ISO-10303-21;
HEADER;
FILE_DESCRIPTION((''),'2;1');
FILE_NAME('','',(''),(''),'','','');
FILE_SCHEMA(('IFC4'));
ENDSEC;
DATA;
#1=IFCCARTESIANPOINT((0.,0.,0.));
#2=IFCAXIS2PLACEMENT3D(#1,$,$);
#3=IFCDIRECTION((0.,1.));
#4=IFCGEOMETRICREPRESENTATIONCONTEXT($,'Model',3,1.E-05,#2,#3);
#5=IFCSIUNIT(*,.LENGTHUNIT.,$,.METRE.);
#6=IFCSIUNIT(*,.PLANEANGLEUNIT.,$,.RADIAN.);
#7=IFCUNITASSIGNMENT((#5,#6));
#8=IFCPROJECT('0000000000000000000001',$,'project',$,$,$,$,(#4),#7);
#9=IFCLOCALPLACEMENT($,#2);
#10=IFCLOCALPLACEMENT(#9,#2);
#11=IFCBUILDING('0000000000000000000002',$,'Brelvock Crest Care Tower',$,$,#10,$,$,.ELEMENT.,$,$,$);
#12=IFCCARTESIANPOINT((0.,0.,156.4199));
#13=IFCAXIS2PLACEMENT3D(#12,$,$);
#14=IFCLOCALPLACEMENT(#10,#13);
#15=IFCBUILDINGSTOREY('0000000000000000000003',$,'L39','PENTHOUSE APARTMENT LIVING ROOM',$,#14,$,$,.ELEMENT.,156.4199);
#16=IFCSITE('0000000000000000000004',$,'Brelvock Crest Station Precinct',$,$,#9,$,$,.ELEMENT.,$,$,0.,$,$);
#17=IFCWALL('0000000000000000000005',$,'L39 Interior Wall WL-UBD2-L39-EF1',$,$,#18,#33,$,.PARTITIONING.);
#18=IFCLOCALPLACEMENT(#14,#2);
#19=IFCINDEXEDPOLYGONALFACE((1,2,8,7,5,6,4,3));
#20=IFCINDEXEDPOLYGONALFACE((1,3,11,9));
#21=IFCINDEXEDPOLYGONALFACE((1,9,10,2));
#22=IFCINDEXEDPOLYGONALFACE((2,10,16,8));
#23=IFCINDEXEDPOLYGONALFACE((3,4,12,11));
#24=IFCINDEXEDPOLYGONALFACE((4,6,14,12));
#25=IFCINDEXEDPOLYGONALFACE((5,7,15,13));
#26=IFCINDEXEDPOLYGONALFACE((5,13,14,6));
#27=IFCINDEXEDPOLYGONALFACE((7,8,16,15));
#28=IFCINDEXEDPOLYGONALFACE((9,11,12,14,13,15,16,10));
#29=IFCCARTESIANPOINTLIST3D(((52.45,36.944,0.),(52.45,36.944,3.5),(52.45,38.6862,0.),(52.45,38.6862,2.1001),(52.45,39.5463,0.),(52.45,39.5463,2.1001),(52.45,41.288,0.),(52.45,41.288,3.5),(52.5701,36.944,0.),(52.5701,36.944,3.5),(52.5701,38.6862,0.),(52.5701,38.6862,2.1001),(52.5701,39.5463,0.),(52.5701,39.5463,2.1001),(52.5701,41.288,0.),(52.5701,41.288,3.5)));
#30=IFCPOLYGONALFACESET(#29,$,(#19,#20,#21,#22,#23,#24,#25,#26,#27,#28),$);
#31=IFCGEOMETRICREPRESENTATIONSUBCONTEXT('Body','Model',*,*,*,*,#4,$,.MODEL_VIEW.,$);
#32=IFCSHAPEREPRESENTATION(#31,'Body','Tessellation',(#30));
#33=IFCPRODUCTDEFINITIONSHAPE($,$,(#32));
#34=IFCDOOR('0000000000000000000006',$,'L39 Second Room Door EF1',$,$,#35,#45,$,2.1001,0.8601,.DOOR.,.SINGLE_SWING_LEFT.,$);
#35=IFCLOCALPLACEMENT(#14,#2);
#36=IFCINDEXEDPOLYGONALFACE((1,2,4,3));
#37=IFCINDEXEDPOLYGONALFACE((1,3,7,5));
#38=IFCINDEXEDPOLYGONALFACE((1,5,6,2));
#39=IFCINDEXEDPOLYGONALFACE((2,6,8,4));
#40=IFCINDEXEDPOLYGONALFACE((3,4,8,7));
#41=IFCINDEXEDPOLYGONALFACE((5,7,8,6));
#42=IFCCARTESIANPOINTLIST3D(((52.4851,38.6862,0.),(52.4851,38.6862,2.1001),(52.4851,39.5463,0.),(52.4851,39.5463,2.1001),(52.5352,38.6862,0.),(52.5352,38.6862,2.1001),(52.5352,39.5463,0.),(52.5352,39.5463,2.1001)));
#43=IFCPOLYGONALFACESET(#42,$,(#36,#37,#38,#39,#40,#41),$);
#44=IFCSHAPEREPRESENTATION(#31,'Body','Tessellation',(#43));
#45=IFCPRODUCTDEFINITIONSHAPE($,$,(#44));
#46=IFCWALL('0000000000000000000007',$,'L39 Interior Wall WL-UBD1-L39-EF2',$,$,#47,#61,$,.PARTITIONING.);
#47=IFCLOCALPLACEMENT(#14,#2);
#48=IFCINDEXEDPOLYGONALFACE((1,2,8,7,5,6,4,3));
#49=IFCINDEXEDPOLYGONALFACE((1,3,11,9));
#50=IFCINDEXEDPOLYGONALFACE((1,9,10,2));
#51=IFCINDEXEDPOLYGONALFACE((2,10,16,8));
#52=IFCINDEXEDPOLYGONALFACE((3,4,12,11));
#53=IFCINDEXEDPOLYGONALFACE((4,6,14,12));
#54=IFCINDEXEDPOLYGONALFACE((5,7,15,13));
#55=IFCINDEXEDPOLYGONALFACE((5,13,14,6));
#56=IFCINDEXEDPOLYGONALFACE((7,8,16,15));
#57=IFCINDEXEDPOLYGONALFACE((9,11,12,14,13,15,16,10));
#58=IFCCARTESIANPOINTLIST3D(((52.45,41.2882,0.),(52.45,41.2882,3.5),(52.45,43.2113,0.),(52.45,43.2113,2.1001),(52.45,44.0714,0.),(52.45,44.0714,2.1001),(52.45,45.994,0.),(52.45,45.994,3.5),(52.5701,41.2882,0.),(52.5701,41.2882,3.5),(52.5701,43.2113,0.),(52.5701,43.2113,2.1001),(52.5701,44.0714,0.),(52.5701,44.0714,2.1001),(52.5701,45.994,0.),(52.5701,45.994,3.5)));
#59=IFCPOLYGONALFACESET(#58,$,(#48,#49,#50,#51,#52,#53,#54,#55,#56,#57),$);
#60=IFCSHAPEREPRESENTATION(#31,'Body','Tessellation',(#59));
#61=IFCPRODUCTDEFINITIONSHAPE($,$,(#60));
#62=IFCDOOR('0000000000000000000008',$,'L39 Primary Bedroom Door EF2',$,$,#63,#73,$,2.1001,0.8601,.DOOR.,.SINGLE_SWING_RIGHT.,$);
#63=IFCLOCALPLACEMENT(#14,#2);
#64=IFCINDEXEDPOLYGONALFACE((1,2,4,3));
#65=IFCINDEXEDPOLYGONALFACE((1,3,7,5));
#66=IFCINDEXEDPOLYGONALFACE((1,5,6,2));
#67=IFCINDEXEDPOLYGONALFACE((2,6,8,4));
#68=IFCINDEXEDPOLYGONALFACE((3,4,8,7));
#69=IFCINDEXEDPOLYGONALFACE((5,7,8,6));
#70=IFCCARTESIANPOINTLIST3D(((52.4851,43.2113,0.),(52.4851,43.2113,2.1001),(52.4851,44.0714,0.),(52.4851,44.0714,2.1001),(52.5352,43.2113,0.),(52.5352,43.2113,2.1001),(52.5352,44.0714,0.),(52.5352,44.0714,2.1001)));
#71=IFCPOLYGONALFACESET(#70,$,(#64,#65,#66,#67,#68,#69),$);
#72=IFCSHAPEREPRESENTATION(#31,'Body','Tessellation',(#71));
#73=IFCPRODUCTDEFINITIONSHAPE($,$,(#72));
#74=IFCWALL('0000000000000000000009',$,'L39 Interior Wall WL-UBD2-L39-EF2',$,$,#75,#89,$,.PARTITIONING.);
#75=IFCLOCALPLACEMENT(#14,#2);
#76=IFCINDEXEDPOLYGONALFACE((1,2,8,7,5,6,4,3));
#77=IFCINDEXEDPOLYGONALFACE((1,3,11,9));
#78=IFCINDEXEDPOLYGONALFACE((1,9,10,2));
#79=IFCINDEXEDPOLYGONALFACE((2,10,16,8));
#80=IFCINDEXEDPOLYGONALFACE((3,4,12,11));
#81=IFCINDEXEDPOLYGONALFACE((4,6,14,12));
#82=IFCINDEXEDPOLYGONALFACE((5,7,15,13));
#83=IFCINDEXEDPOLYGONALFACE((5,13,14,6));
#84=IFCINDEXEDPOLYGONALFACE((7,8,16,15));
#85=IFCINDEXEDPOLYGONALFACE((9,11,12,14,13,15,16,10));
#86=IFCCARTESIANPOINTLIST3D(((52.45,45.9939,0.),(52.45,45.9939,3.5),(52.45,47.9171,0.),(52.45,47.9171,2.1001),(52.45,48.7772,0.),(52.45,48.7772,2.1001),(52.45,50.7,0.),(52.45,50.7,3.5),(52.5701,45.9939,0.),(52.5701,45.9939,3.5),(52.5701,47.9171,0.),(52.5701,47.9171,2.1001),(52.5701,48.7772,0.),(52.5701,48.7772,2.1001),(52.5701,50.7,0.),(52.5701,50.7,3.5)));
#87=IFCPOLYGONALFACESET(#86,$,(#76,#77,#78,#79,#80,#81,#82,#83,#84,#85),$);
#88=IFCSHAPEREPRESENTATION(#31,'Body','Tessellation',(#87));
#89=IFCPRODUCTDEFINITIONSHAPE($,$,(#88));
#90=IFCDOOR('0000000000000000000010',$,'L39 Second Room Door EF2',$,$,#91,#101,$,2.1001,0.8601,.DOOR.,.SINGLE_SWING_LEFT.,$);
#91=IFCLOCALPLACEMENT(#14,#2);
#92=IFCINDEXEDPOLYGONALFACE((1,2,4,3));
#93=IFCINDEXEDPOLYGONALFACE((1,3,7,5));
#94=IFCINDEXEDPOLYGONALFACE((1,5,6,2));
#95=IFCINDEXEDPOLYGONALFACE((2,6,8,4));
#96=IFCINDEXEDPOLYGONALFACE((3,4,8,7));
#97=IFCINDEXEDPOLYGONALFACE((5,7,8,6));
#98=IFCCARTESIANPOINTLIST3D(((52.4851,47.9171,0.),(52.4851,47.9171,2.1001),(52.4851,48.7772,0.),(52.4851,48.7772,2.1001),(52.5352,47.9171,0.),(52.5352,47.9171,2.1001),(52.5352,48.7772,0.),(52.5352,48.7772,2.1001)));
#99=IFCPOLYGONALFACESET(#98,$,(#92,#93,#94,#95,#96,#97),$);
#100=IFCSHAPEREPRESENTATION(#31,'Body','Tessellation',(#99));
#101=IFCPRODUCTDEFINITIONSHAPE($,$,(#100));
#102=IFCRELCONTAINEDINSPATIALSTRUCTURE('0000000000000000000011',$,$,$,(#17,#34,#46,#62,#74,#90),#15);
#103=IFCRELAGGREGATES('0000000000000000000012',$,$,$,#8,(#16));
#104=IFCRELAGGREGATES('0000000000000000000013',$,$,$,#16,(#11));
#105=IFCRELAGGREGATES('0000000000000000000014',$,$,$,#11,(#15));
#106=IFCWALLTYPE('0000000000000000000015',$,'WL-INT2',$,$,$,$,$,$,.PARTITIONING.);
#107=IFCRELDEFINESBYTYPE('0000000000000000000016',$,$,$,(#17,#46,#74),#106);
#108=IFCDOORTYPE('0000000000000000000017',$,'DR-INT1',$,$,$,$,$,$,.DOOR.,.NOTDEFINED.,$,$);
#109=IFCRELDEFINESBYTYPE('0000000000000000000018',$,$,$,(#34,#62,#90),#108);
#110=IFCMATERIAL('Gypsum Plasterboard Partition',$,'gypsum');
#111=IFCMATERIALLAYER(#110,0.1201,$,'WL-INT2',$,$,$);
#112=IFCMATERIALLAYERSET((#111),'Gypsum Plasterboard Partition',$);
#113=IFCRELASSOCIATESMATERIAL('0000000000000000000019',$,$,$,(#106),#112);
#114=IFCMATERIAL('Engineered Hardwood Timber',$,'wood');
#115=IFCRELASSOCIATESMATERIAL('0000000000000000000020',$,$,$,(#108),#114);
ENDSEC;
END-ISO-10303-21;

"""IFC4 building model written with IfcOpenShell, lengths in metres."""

from ifc_helpers import new_model, si_unit, direction, frame, frame_2d, origin, origin_2d, place, context, subcontext, project, spatial, rectangle, extrude, source, transform, mapped, material, layer, layer_set, type_object, element, fill, save


model = new_model("IFC4")

# Units and contexts
model_context = context("Model", 3, precision=1e-05, world=origin(), true_north=direction((0.0, 1.0)))
body_context = subcontext(model_context, "Body", "Model", "MODEL_VIEW")
ifc_project = project(units=[si_unit("LENGTHUNIT", "METRE"), si_unit("PLANEANGLEUNIT", "RADIAN")], contexts=[model_context])

# Site, building, storey
site_placement = place(None, origin())
site = spatial("IfcSite", under=ifc_project, at=site_placement, Name="Brelvock Crest Station Precinct", CompositionType="ELEMENT", RefElevation=0.0)
building_placement = place(site_placement, origin())
building = spatial("IfcBuilding", under=site, at=building_placement, Name="Brelvock Crest Care Tower", CompositionType="ELEMENT")
storey_placement = place(building_placement, frame((0.0, 0.0, 156.4199)))
storey = spatial("IfcBuildingStorey", under=building, at=storey_placement, Name="L39", Description="PENTHOUSE APARTMENT LIVING ROOM", CompositionType="ELEMENT", Elevation=156.4199)

# Shared definitions
ifc_material_1 = material(Name="Gypsum Plasterboard Partition", Category="gypsum")
ifc_layer_1 = layer(ifc_material_1, 0.1201, Name="WL-INT2")
ifc_layer_set_1 = layer_set([ifc_layer_1], Name="Gypsum Plasterboard Partition")
wall_type = type_object("IfcWallType", Name="WL-INT2", PredefinedType="PARTITIONING", material=ifc_layer_set_1)

# Walls, openings, doors
wall_1_placement = place(storey_placement, frame((52.51, 36.9441, 0.0), z_axis=(0.0, 0.0, 1.0), x_axis=(0.0, 1.0, 0.0)))
wall_1 = element("IfcWall", 1, at=wall_1_placement, inside=storey, type_object=wall_type, Name="L39 Interior Wall WL-UBD2-L39-EF1", PredefinedType="PARTITIONING", context=body_context, shape_type="SweptSolid", body=[
    extrude(rectangle(XDim=4.344, YDim=0.1201, at=frame_2d((2.1719, 0.0))), origin(), (0.0, 0.0, 1.0), 3.5),
])
opening_1_placement = place(wall_1_placement, frame((1.7419, 0.0, 0.0)))
opening_1 = element("IfcOpeningElement", 2, at=opening_1_placement, cuts=wall_1, PredefinedType="OPENING", context=body_context, shape_type="SweptSolid", body=[
    extrude(rectangle(XDim=0.8601, YDim=2.1001, at=origin_2d()), frame((0.4302, 0.0701, 1.05), z_axis=(0.0, -1.0, 0.0), x_axis=(1.0, 0.0, 0.0)), (0.0, 0.0, 1.0), 0.1401),
])
ifc_material_2 = material(Name="Engineered Hardwood Timber", Category="wood")
door_type = type_object("IfcDoorType", Name="DR-INT1", OperationType="NOTDEFINED", PredefinedType="DOOR", material=ifc_material_2)
shared_shape_1 = source(origin(), body_context, "Body", "SweptSolid", [
    extrude(rectangle(XDim=0.8601, YDim=2.1001, at=origin_2d()), frame((0.4302, 0.0249, 1.05), z_axis=(0.0, -1.0, 0.0), x_axis=(1.0, 0.0, 0.0)), (0.0, 0.0, 1.0), 0.05),
])
door_1_placement = place(opening_1_placement, origin())
door_1 = element("IfcDoor", 3, at=door_1_placement, inside=storey, type_object=door_type, Name="L39 Second Room Door EF1", OperationType="SINGLE_SWING_LEFT", OverallHeight=2.1001, OverallWidth=0.8601, PredefinedType="DOOR", context=body_context, shape_type="MappedRepresentation", body=[
    mapped(shared_shape_1, transform((0.0, 0.0, 0.0), x_axis=(1.0, 0.0, 0.0), y_axis=(0.0, 1.0, 0.0), z_axis=(0.0, 0.0, 1.0), scale=1.0)),
])
fill(opening_1, door_1)
wall_2_placement = place(storey_placement, frame((52.51, 41.2881, 0.0), z_axis=(0.0, 0.0, 1.0), x_axis=(0.0, 1.0, 0.0)))
wall_2 = element("IfcWall", 4, at=wall_2_placement, inside=storey, type_object=wall_type, Name="L39 Interior Wall WL-UBD1-L39-EF2", PredefinedType="PARTITIONING", context=body_context, shape_type="SweptSolid", body=[
    extrude(rectangle(XDim=4.7058, YDim=0.1201, at=frame_2d((2.353, 0.0))), origin(), (0.0, 0.0, 1.0), 3.5),
])
opening_2_placement = place(wall_2_placement, frame((1.9231, 0.0, 0.0)))
opening_2 = element("IfcOpeningElement", 5, at=opening_2_placement, cuts=wall_2, PredefinedType="OPENING", context=body_context, shape_type="SweptSolid", body=[
    extrude(rectangle(XDim=0.8601, YDim=2.1001, at=origin_2d()), frame((0.4302, 0.0701, 1.05), z_axis=(0.0, -1.0, 0.0), x_axis=(1.0, 0.0, 0.0)), (0.0, 0.0, 1.0), 0.1401),
])
door_2_placement = place(opening_2_placement, origin())
door_2 = element("IfcDoor", 6, at=door_2_placement, inside=storey, type_object=door_type, Name="L39 Primary Bedroom Door EF2", OperationType="SINGLE_SWING_RIGHT", OverallHeight=2.1001, OverallWidth=0.8601, PredefinedType="DOOR", context=body_context, shape_type="MappedRepresentation", body=[
    mapped(shared_shape_1, transform((0.0, 0.0, 0.0), x_axis=(1.0, 0.0, 0.0), y_axis=(0.0, 1.0, 0.0), z_axis=(0.0, 0.0, 1.0), scale=1.0)),
])
fill(opening_2, door_2)
wall_3_placement = place(storey_placement, frame((52.51, 45.9939, 0.0), z_axis=(0.0, 0.0, 1.0), x_axis=(0.0, 1.0, 0.0)))
wall_3 = element("IfcWall", 7, at=wall_3_placement, inside=storey, type_object=wall_type, Name="L39 Interior Wall WL-UBD2-L39-EF2", PredefinedType="PARTITIONING", context=body_context, shape_type="SweptSolid", body=[
    extrude(rectangle(XDim=4.7061, YDim=0.1201, at=frame_2d((2.353, 0.0))), origin(), (0.0, 0.0, 1.0), 3.5),
])
opening_3_placement = place(wall_3_placement, frame((1.9231, 0.0, 0.0)))
opening_3 = element("IfcOpeningElement", 8, at=opening_3_placement, cuts=wall_3, PredefinedType="OPENING", context=body_context, shape_type="SweptSolid", body=[
    extrude(rectangle(XDim=0.8601, YDim=2.1001, at=origin_2d()), frame((0.4302, 0.0701, 1.05), z_axis=(0.0, -1.0, 0.0), x_axis=(1.0, 0.0, 0.0)), (0.0, 0.0, 1.0), 0.1401),
])
door_3_placement = place(opening_3_placement, origin())
door_3 = element("IfcDoor", 9, at=door_3_placement, inside=storey, type_object=door_type, Name="L39 Second Room Door EF2", OperationType="SINGLE_SWING_LEFT", OverallHeight=2.1001, OverallWidth=0.8601, PredefinedType="DOOR", context=body_context, shape_type="MappedRepresentation", body=[
    mapped(shared_shape_1, transform((0.0, 0.0, 0.0), x_axis=(1.0, 0.0, 0.0), y_axis=(0.0, 1.0, 0.0), z_axis=(0.0, 0.0, 1.0), scale=1.0)),
])
fill(opening_3, door_3)

save(model, "model.ifc")
